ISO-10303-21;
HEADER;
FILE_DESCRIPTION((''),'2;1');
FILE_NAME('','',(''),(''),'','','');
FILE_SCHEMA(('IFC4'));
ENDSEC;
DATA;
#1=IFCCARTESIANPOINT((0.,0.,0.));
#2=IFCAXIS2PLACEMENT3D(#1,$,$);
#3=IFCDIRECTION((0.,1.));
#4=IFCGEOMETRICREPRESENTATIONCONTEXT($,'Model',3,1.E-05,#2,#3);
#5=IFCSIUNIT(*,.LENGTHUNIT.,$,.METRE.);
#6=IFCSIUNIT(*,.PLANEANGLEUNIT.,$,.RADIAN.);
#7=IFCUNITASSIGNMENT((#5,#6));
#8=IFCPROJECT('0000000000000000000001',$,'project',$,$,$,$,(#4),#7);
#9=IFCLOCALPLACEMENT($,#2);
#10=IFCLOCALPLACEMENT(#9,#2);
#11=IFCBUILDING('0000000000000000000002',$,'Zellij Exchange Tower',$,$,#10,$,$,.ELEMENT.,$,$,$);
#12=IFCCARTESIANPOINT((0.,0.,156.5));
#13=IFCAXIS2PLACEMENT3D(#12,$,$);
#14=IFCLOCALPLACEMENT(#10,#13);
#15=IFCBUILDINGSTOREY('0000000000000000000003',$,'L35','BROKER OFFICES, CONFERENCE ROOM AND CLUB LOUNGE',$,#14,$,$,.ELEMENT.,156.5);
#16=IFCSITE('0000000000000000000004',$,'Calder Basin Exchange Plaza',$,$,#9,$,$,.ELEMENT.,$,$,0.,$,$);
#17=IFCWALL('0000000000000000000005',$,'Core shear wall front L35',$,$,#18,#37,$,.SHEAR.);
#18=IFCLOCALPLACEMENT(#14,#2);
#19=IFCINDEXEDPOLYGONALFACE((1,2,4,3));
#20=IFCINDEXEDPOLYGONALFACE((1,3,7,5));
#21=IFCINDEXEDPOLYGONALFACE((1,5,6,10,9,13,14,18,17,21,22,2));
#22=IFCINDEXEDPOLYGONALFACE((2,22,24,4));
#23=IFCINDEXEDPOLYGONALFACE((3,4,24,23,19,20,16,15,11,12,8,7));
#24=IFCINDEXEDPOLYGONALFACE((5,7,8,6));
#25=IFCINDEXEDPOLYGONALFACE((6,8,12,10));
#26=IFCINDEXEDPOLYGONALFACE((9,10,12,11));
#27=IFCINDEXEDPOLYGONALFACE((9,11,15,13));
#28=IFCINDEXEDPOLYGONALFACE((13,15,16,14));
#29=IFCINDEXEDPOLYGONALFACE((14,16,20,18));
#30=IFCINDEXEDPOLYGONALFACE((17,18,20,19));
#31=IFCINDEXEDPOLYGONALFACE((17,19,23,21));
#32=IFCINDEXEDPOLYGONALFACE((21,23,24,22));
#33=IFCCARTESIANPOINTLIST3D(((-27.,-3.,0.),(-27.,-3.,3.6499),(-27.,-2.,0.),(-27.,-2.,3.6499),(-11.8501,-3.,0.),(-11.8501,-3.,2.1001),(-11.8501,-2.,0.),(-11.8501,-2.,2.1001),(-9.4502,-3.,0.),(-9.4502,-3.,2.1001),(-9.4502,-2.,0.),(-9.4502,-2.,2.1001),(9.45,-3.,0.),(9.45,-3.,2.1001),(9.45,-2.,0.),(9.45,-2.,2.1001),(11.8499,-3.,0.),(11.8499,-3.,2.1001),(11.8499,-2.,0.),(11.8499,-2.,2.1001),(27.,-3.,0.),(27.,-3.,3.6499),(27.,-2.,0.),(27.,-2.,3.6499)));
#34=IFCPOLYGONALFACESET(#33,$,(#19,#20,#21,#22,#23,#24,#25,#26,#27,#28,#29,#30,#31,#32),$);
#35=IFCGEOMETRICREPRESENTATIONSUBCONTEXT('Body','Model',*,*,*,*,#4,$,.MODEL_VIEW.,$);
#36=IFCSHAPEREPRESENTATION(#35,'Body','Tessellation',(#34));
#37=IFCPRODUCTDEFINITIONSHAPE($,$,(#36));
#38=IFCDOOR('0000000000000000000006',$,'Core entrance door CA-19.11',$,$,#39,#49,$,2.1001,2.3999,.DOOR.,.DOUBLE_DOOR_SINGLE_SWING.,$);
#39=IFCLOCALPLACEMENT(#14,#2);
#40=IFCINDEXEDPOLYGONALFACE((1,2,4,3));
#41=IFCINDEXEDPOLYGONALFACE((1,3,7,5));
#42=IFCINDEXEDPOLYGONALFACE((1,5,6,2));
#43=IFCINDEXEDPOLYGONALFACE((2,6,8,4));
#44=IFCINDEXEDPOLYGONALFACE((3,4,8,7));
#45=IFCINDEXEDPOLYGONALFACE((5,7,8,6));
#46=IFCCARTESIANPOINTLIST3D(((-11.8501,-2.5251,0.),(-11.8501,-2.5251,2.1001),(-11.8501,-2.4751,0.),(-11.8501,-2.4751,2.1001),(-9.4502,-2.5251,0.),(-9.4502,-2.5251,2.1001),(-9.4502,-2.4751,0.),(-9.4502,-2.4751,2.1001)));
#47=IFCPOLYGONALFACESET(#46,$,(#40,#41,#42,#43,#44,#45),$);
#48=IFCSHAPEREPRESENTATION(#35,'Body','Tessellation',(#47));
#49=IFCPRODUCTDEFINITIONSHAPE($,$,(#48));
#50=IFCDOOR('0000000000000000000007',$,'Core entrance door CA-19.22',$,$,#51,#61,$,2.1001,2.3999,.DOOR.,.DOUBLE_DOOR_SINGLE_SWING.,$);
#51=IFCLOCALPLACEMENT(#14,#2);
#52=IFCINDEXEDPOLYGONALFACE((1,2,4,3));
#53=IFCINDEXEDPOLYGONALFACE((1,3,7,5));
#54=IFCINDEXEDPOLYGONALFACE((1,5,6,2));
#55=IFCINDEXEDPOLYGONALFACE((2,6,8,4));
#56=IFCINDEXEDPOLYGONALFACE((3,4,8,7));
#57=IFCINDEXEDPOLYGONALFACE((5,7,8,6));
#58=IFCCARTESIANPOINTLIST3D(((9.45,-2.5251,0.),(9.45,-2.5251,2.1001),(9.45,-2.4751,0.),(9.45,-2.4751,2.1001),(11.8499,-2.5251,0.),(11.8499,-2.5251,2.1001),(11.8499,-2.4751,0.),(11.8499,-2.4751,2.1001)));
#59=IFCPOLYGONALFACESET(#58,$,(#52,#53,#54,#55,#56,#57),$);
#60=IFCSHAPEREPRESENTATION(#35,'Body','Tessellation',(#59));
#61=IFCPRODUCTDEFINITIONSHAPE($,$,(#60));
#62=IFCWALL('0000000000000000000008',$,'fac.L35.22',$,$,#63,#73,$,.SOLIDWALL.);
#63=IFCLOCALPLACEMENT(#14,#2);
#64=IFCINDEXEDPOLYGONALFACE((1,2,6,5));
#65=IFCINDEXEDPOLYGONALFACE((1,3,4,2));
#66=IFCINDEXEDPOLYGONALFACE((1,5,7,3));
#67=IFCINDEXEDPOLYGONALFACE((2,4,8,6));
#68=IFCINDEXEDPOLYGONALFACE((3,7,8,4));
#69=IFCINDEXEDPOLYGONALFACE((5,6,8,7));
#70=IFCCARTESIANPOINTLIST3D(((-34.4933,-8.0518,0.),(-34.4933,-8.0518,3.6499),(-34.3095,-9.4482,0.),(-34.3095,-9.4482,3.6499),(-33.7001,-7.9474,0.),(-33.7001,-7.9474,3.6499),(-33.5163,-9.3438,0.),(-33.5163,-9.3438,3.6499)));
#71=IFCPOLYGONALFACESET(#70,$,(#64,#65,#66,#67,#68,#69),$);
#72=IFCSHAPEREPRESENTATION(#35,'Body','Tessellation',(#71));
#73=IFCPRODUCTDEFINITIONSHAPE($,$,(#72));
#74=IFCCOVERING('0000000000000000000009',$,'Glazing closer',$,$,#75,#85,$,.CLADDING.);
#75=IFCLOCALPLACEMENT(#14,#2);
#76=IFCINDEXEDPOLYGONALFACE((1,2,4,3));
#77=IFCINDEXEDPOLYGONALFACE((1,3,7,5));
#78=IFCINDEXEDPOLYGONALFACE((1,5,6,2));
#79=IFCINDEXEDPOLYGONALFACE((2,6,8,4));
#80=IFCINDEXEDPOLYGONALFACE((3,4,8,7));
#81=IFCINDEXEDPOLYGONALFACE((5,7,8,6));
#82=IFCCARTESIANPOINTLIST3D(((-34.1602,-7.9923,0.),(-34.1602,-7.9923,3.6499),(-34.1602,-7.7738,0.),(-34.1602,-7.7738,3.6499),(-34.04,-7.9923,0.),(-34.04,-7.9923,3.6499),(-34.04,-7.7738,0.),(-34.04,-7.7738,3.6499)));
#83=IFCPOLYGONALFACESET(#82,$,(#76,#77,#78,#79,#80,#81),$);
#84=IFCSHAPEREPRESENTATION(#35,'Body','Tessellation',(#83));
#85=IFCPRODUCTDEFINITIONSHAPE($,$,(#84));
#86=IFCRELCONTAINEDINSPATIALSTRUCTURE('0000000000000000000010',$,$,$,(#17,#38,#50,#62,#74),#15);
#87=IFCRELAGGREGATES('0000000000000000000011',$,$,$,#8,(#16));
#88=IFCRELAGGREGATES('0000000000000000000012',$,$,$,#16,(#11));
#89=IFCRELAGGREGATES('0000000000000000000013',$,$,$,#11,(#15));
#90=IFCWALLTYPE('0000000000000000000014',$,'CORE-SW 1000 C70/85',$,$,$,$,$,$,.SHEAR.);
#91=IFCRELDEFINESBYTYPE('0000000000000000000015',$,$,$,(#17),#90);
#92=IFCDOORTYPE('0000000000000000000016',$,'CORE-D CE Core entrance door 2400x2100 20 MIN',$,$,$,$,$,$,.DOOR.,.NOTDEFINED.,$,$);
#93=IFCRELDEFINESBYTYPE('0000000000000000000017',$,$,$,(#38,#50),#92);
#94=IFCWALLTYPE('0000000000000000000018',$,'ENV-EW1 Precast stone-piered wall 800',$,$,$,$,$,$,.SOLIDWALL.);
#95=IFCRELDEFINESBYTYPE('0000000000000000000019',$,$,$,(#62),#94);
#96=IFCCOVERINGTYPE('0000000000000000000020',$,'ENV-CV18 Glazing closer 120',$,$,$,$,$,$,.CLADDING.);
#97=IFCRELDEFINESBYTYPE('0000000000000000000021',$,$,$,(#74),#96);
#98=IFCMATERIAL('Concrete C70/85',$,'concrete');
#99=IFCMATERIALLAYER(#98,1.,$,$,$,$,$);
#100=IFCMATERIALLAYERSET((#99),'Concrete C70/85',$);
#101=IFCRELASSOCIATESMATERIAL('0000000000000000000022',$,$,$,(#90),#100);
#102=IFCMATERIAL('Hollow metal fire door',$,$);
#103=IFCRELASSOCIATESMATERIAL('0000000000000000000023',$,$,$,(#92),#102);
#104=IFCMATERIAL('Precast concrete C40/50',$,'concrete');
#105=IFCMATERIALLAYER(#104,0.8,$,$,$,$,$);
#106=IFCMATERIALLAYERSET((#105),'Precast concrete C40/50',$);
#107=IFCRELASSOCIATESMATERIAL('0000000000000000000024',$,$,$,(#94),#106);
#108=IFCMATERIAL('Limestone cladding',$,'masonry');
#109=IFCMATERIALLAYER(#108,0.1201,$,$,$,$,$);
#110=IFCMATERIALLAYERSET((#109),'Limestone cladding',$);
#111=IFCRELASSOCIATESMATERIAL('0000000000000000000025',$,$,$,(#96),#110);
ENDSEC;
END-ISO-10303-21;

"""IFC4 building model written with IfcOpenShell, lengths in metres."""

from ifc_helpers import new_model, si_unit, direction, frame, frame_2d, origin, origin_2d, place, context, subcontext, project, spatial, rectangle, extrude, material, layer, layer_set, type_object, element, fill, save


model = new_model("IFC4")

# Units and contexts
model_context = context("Model", 3, precision=1e-05, world=origin(), true_north=direction((0.0, 1.0)))
body_context = subcontext(model_context, "Body", "Model", "MODEL_VIEW")
ifc_project = project(units=[si_unit("LENGTHUNIT", "METRE"), si_unit("PLANEANGLEUNIT", "RADIAN")], contexts=[model_context])

# Site, building, storey
site_placement = place(None, origin())
site = spatial("IfcSite", under=ifc_project, at=site_placement, Name="Calder Basin Exchange Plaza", CompositionType="ELEMENT", RefElevation=0.0)
building_placement = place(site_placement, origin())
building = spatial("IfcBuilding", under=site, at=building_placement, Name="Zellij Exchange Tower", CompositionType="ELEMENT")
storey_placement = place(building_placement, frame((0.0, 0.0, 156.5)))
storey = spatial("IfcBuildingStorey", under=building, at=storey_placement, Name="L35", Description="BROKER OFFICES, CONFERENCE ROOM AND CLUB LOUNGE", CompositionType="ELEMENT", Elevation=156.5)

# Wall, openings, doors
ifc_material_1 = material(Name="Concrete C70/85", Category="concrete")
ifc_layer_1 = layer(ifc_material_1, 1.0)
ifc_layer_set_1 = layer_set([ifc_layer_1], Name="Concrete C70/85")
wall_type_1 = type_object("IfcWallType", Name="CORE-SW 1000 C70/85", PredefinedType="SHEAR", material=ifc_layer_set_1)
wall_1_placement = place(storey_placement, frame((-27.0, -2.5, 0.0), z_axis=(0.0, 0.0, 1.0), x_axis=(1.0, 0.0, 0.0)))
wall_1 = element("IfcWall", 1, at=wall_1_placement, inside=storey, type_object=wall_type_1, Name="Core shear wall front L35", PredefinedType="SHEAR", context=body_context, shape_type="SweptSolid", body=[
    extrude(rectangle(XDim=54.0, YDim=1.0, at=frame_2d((27.0, 0.0))), origin(), (0.0, 0.0, 1.0), 3.6499),
])
opening_1_placement = place(wall_1_placement, frame((15.1499, 0.0, 0.0)))
opening_1 = element("IfcOpeningElement", 2, at=opening_1_placement, cuts=wall_1, PredefinedType="OPENING", context=body_context, shape_type="SweptSolid", body=[
    extrude(rectangle(XDim=2.3999, YDim=2.1001, at=frame_2d((1.2, 1.05))), frame((0.0, 0.512, 0.0), z_axis=(0.0, -1.0, 0.0), x_axis=(1.0, 0.0, 0.0)), (0.0, 0.0, 1.0), 1.0239),
])
opening_2_placement = place(wall_1_placement, frame((36.45, 0.0, 0.0)))
opening_2 = element("IfcOpeningElement", 3, at=opening_2_placement, cuts=wall_1, PredefinedType="OPENING", context=body_context, shape_type="SweptSolid", body=[
    extrude(rectangle(XDim=2.3999, YDim=2.1001, at=frame_2d((1.2, 1.05))), frame((0.0, 0.512, 0.0), z_axis=(0.0, -1.0, 0.0), x_axis=(1.0, 0.0, 0.0)), (0.0, 0.0, 1.0), 1.0239),
])
ifc_material_2 = material(Name="Hollow metal fire door")
door_type = type_object("IfcDoorType", Name="CORE-D CE Core entrance door 2400x2100 20 MIN", OperationType="NOTDEFINED", PredefinedType="DOOR", material=ifc_material_2)
door_1_placement = place(opening_1_placement, origin())
door_1 = element("IfcDoor", 4, at=door_1_placement, inside=storey, type_object=door_type, Name="Core entrance door CA-19.11", OperationType="DOUBLE_DOOR_SINGLE_SWING", OverallHeight=2.1001, OverallWidth=2.3999, PredefinedType="DOOR", context=body_context, shape_type="SweptSolid", body=[
    extrude(rectangle(XDim=2.3999, YDim=2.1001, at=frame_2d((1.2, 1.05))), frame((0.0, 0.0249, 0.0), z_axis=(0.0, -1.0, 0.0), x_axis=(1.0, 0.0, 0.0)), (0.0, 0.0, 1.0), 0.05),
])
fill(opening_1, door_1)
door_2_placement = place(opening_2_placement, origin())
door_2 = element("IfcDoor", 5, at=door_2_placement, inside=storey, type_object=door_type, Name="Core entrance door CA-19.22", OperationType="DOUBLE_DOOR_SINGLE_SWING", OverallHeight=2.1001, OverallWidth=2.3999, PredefinedType="DOOR", context=body_context, shape_type="SweptSolid", body=[
    extrude(rectangle(XDim=2.3999, YDim=2.1001, at=frame_2d((1.2, 1.05))), frame((0.0, 0.0249, 0.0), z_axis=(0.0, -1.0, 0.0), x_axis=(1.0, 0.0, 0.0)), (0.0, 0.0, 1.0), 0.05),
])
fill(opening_2, door_2)

# Wall
ifc_material_3 = material(Name="Precast concrete C40/50", Category="concrete")
ifc_layer_2 = layer(ifc_material_3, 0.8)
ifc_layer_set_2 = layer_set([ifc_layer_2], Name="Precast concrete C40/50")
wall_type_2 = type_object("IfcWallType", Name="ENV-EW1 Precast stone-piered wall 800", PredefinedType="SOLIDWALL", material=ifc_layer_set_2)
wall_2_placement = place(storey_placement, frame((-34.0967, -7.9998, 0.0), z_axis=(0.0, 0.0, 1.0), x_axis=(0.130517, -0.991446, 0.0)))
element("IfcWall", 6, at=wall_2_placement, inside=storey, type_object=wall_type_2, Name="fac.L35.22", PredefinedType="SOLIDWALL", context=body_context, shape_type="SweptSolid", body=[
    extrude(rectangle(XDim=1.4084, YDim=0.8, at=frame_2d((0.7041, 0.0))), origin(), (0.0, 0.0, 1.0), 3.6499),
])

# Covering
ifc_material_4 = material(Name="Limestone cladding", Category="masonry")
ifc_layer_3 = layer(ifc_material_4, 0.1201)
ifc_layer_set_3 = layer_set([ifc_layer_3], Name="Limestone cladding")
covering_type = type_object("IfcCoveringType", Name="ENV-CV18 Glazing closer 120", PredefinedType="CLADDING", material=ifc_layer_set_3)
covering_placement = place(storey_placement, frame((-34.1001, -7.8831, 0.0), z_axis=(0.0, 0.0, 1.0), x_axis=(0.0, -1.0, 0.0)))
element("IfcCovering", 7, at=covering_placement, inside=storey, type_object=covering_type, Name="Glazing closer", PredefinedType="CLADDING", context=body_context, shape_type="SweptSolid", body=[
    extrude(rectangle(XDim=0.2185, YDim=0.1201, at=origin_2d()), origin(), (0.0, 0.0, 1.0), 3.6499),
])

save(model, "model.ifc")
